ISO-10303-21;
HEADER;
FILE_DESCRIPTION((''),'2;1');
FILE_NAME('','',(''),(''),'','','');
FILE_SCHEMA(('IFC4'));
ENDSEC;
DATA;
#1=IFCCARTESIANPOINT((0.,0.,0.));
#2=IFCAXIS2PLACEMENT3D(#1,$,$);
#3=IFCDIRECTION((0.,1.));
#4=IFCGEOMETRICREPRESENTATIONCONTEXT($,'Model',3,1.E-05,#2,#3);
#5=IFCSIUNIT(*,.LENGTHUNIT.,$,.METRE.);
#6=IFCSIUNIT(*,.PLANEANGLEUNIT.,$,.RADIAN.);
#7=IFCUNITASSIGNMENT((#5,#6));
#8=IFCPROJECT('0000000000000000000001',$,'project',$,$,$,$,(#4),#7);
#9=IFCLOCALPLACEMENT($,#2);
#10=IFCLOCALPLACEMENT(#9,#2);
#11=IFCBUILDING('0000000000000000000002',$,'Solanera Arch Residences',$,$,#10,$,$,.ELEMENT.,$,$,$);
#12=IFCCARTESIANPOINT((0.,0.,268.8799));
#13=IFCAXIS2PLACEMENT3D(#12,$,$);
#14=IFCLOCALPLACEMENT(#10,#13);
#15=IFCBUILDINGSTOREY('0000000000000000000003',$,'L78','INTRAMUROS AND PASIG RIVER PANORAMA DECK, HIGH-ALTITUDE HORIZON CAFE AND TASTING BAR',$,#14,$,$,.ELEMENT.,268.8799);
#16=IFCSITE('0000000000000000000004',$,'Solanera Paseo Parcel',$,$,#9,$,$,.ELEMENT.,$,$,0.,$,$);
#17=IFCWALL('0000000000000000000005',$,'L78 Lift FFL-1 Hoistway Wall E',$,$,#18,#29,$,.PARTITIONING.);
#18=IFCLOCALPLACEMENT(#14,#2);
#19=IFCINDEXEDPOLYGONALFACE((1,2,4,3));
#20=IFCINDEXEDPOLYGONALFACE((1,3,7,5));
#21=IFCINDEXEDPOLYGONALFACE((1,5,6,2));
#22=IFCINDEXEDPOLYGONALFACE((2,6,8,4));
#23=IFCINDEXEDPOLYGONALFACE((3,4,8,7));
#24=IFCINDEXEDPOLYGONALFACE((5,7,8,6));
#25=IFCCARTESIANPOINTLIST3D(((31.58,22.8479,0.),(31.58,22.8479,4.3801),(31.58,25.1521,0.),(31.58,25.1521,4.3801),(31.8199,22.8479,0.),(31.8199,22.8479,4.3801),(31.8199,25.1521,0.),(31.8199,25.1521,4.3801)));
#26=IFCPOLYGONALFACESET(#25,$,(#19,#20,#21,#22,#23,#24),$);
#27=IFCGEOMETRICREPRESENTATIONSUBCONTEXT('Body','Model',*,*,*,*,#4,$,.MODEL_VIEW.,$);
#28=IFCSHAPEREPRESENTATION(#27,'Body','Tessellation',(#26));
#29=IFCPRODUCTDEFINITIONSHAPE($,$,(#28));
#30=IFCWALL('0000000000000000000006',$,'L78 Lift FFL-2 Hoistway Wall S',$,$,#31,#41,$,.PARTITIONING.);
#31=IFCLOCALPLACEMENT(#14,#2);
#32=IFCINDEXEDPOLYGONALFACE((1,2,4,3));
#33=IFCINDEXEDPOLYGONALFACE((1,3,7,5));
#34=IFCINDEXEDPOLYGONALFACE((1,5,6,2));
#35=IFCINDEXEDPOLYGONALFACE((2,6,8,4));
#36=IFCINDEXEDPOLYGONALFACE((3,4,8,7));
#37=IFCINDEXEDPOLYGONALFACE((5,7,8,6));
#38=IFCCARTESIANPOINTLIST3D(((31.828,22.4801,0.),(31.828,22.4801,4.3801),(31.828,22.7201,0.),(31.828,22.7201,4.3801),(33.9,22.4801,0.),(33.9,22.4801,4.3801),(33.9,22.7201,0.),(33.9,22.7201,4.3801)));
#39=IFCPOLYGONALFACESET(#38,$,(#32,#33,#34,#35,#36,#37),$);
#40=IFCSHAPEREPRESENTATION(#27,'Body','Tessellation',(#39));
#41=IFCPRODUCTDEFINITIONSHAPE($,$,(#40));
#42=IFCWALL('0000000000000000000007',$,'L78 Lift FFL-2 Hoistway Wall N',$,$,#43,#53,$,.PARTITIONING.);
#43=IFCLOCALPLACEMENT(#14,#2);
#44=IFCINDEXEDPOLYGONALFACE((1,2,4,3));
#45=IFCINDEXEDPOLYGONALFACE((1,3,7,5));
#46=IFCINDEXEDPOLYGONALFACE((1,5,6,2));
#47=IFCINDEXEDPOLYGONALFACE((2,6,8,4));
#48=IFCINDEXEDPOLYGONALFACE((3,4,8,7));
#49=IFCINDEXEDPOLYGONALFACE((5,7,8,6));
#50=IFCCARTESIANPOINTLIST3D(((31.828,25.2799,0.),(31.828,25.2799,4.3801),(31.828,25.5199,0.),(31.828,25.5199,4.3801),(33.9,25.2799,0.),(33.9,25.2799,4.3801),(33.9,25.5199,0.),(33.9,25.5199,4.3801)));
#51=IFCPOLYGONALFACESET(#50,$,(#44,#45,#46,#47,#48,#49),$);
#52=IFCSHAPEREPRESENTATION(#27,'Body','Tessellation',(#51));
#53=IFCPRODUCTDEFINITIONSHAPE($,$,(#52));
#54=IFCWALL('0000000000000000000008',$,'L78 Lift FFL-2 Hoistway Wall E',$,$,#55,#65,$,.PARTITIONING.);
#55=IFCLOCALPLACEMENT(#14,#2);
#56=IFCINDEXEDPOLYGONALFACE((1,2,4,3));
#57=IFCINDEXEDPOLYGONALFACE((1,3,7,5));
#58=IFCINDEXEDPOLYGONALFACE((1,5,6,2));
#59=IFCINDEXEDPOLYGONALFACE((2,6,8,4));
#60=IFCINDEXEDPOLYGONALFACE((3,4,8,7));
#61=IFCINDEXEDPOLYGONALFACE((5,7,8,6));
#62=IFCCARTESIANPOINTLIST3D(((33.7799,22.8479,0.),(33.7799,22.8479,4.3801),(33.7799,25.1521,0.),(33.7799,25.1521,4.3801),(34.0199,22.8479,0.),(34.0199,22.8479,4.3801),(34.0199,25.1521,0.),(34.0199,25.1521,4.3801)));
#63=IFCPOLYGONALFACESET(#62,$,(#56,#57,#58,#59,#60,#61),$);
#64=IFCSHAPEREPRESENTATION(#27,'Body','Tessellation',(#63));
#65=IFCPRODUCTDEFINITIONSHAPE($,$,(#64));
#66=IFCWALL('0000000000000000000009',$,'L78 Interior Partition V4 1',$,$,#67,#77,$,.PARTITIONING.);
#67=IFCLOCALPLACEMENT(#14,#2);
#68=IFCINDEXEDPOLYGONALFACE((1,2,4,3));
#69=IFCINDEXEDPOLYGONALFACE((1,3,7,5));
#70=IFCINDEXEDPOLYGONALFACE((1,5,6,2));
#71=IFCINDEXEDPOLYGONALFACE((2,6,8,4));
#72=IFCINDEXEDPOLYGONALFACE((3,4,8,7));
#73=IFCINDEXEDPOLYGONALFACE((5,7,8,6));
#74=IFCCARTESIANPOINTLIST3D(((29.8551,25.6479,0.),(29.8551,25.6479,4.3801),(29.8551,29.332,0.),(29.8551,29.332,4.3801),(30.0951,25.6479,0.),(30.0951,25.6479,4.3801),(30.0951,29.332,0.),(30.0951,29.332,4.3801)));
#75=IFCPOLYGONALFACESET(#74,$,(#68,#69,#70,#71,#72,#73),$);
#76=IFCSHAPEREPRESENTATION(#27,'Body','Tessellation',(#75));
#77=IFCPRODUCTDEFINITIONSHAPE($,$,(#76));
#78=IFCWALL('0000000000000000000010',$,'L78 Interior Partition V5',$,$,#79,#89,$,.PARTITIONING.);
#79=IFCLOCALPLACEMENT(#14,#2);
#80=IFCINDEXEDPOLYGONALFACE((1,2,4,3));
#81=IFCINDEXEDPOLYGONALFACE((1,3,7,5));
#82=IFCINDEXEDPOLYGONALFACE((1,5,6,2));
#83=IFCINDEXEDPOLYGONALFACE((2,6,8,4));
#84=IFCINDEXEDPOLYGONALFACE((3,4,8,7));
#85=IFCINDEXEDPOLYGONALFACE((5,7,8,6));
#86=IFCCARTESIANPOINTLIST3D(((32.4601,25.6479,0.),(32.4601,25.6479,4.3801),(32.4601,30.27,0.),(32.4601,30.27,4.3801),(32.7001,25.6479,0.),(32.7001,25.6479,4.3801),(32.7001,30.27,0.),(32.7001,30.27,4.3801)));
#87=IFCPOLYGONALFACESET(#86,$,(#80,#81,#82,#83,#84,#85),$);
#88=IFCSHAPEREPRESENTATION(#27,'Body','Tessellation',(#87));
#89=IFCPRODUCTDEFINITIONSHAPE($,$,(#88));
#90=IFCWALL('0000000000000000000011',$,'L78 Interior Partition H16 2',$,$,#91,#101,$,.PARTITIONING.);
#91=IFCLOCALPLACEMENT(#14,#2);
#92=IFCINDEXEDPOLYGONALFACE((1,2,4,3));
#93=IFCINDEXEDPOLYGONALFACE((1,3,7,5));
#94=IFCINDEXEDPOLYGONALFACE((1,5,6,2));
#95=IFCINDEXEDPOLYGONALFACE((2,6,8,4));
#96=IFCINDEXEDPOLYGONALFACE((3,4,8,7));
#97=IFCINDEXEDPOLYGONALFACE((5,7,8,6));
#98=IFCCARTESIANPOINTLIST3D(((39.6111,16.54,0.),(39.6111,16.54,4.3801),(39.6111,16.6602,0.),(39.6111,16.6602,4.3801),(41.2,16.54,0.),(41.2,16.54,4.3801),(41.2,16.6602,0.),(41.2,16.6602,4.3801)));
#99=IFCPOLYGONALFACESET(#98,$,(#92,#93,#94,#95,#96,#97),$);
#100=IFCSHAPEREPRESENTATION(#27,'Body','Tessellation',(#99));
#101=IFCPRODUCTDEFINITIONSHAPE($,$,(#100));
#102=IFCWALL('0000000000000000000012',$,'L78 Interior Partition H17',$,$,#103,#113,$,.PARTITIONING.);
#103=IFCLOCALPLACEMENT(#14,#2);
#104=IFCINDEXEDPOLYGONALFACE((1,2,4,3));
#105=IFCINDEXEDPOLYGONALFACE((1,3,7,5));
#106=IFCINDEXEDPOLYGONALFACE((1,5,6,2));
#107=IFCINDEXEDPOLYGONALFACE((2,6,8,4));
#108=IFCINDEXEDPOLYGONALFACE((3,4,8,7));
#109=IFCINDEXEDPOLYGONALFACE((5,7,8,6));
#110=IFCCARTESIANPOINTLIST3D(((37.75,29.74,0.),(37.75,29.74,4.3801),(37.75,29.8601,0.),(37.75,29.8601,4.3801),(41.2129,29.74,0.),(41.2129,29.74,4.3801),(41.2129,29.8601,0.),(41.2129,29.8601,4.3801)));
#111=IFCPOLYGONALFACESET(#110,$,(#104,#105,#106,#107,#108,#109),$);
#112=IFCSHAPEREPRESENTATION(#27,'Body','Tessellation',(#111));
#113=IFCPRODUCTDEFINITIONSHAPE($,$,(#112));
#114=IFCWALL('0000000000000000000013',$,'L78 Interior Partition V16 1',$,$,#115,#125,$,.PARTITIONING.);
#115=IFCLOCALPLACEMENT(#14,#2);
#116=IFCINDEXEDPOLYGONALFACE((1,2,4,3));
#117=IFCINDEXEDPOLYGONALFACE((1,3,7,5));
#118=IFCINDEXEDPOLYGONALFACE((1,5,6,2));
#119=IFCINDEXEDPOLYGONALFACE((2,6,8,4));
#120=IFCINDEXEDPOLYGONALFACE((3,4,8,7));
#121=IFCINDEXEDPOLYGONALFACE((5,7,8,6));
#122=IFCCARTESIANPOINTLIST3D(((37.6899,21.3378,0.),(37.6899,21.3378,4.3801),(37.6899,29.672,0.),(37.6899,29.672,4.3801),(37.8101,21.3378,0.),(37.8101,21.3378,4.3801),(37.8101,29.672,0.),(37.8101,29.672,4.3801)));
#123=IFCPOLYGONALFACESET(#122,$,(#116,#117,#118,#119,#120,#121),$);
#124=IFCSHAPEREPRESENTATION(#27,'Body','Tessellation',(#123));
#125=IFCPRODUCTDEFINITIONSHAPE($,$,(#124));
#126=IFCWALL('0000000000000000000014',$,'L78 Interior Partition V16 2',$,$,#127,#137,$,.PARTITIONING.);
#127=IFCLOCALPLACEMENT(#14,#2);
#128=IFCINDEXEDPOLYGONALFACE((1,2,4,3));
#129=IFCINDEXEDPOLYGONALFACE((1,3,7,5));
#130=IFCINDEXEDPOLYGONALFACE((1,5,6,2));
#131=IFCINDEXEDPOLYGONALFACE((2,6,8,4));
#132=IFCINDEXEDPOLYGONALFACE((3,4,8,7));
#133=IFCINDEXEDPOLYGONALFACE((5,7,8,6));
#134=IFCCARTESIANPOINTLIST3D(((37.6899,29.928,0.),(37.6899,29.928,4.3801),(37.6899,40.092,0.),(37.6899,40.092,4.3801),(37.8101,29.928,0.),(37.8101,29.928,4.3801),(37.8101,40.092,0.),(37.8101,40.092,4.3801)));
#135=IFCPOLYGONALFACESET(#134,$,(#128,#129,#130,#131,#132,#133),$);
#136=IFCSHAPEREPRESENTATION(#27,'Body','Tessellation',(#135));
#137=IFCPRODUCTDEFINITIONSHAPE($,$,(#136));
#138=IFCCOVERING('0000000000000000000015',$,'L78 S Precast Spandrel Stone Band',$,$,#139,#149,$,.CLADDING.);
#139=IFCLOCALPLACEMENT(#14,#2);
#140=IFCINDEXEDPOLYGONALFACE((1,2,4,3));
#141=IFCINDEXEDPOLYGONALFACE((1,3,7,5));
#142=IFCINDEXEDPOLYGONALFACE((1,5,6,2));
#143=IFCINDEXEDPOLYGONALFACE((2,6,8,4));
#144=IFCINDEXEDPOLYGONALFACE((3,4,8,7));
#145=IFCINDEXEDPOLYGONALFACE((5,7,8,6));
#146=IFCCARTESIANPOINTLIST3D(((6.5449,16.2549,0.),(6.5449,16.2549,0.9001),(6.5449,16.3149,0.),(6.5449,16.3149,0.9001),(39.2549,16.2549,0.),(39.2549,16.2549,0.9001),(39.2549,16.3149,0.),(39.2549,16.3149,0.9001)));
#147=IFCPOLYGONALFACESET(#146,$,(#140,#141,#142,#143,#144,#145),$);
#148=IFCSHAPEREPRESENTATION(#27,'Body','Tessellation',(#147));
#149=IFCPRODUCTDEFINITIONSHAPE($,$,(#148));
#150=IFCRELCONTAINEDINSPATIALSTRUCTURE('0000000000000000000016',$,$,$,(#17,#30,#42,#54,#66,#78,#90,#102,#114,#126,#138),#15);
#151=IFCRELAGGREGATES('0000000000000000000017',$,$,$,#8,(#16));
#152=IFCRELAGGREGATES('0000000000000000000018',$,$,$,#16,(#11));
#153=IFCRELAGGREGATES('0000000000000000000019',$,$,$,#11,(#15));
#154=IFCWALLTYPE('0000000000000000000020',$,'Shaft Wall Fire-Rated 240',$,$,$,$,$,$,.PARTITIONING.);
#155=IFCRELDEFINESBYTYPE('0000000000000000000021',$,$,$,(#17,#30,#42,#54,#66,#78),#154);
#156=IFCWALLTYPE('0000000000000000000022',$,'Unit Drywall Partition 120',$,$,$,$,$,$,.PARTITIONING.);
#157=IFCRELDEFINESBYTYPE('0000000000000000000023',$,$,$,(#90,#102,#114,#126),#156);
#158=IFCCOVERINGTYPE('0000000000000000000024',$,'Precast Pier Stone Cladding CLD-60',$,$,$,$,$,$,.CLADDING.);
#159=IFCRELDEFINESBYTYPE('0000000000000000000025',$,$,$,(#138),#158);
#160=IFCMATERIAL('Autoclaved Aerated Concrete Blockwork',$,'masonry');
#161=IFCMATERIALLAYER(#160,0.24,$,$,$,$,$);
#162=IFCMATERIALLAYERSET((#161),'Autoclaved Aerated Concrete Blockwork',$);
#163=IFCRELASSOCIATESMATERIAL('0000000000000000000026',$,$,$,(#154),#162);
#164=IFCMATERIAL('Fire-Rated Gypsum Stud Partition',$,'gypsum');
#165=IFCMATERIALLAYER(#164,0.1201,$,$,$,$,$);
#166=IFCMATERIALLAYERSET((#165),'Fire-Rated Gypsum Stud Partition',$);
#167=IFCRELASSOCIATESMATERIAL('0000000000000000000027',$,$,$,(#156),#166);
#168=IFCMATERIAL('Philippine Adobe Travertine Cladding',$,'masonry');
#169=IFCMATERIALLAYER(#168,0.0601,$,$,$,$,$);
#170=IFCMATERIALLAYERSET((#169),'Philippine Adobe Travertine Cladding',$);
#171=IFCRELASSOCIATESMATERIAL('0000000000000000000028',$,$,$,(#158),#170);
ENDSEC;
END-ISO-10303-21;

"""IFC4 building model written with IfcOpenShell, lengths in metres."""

from ifc_helpers import new_model, si_unit, direction, frame, frame_2d, origin, place, context, subcontext, project, spatial, rectangle, extrude, material, layer, layer_set, type_object, element, save


model = new_model("IFC4")

# Units and contexts
model_context = context("Model", 3, precision=1e-05, world=origin(), true_north=direction((0.0, 1.0)))
body_context = subcontext(model_context, "Body", "Model", "MODEL_VIEW")
ifc_project = project(units=[si_unit("LENGTHUNIT", "METRE"), si_unit("PLANEANGLEUNIT", "RADIAN")], contexts=[model_context])

# Site, building, storey
site_placement = place(None, origin())
site = spatial("IfcSite", under=ifc_project, at=site_placement, Name="Solanera Paseo Parcel", CompositionType="ELEMENT", RefElevation=0.0)
building_placement = place(site_placement, origin())
building = spatial("IfcBuilding", under=site, at=building_placement, Name="Solanera Arch Residences", CompositionType="ELEMENT")
storey_placement = place(building_placement, frame((0.0, 0.0, 268.8799)))
storey = spatial("IfcBuildingStorey", under=building, at=storey_placement, Name="L78", Description="INTRAMUROS AND PASIG RIVER PANORAMA DECK, HIGH-ALTITUDE HORIZON CAFE AND TASTING BAR", CompositionType="ELEMENT", Elevation=268.8799)

# Walls
ifc_material_1 = material(Name="Autoclaved Aerated Concrete Blockwork", Category="masonry")
ifc_layer_1 = layer(ifc_material_1, 0.24)
ifc_layer_set_1 = layer_set([ifc_layer_1], Name="Autoclaved Aerated Concrete Blockwork")
wall_type_1 = type_object("IfcWallType", Name="Shaft Wall Fire-Rated 240", PredefinedType="PARTITIONING", material=ifc_layer_set_1)
wall_1_placement = place(storey_placement, frame((31.7, 22.8479, 0.0), z_axis=(0.0, 0.0, 1.0), x_axis=(0.0, 1.0, 0.0)))
element("IfcWall", 1, at=wall_1_placement, inside=storey, type_object=wall_type_1, Name="L78 Lift FFL-1 Hoistway Wall E", PredefinedType="PARTITIONING", context=body_context, shape_type="SweptSolid", body=[
    extrude(rectangle(XDim=2.3042, YDim=0.24, at=frame_2d((1.1521, 0.0))), origin(), (0.0, 0.0, 1.0), 4.3801),
])
for number, where, z_axis, x_axis, name in (
    (2, (31.8279, 22.6001, 0.0), (0.0, 0.0, 1.0), (1.0, 0.0, 0.0), "L78 Lift FFL-2 Hoistway Wall S"),
    (3, (31.8279, 25.3999, 0.0), (0.0, 0.0, 1.0), (1.0, 0.0, 0.0), "L78 Lift FFL-2 Hoistway Wall N"),
):
    element("IfcWall", number, at=place(storey_placement, frame(where, z_axis=z_axis, x_axis=x_axis)), inside=storey, type_object=wall_type_1, Name=name, PredefinedType="PARTITIONING", context=body_context, shape_type="SweptSolid", body=[
        extrude(rectangle(XDim=2.072, YDim=0.24, at=frame_2d((1.0361, 0.0))), origin(), (0.0, 0.0, 1.0), 4.3801),
    ])
wall_2_placement = place(storey_placement, frame((33.8999, 22.8479, 0.0), z_axis=(0.0, 0.0, 1.0), x_axis=(0.0, 1.0, 0.0)))
element("IfcWall", 4, at=wall_2_placement, inside=storey, type_object=wall_type_1, Name="L78 Lift FFL-2 Hoistway Wall E", PredefinedType="PARTITIONING", context=body_context, shape_type="SweptSolid", body=[
    extrude(rectangle(XDim=2.3042, YDim=0.24, at=frame_2d((1.1521, 0.0))), origin(), (0.0, 0.0, 1.0), 4.3801),
])
wall_3_placement = place(storey_placement, frame((29.9751, 25.6479, 0.0), z_axis=(0.0, 0.0, 1.0), x_axis=(0.0, 1.0, 0.0)))
element("IfcWall", 5, at=wall_3_placement, inside=storey, type_object=wall_type_1, Name="L78 Interior Partition V4 1", PredefinedType="PARTITIONING", context=body_context, shape_type="SweptSolid", body=[
    extrude(rectangle(XDim=3.6841, YDim=0.24, at=frame_2d((1.842, 0.0))), origin(), (0.0, 0.0, 1.0), 4.3801),
])

# Walls
wall_4_placement = place(storey_placement, frame((32.5801, 25.6479, 0.0), z_axis=(0.0, 0.0, 1.0), x_axis=(0.0, 1.0, 0.0)))
element("IfcWall", 6, at=wall_4_placement, inside=storey, type_object=wall_type_1, Name="L78 Interior Partition V5", PredefinedType="PARTITIONING", context=body_context, shape_type="SweptSolid", body=[
    extrude(rectangle(XDim=4.6221, YDim=0.24, at=frame_2d((2.311, 0.0))), origin(), (0.0, 0.0, 1.0), 4.3801),
])
ifc_material_2 = material(Name="Fire-Rated Gypsum Stud Partition", Category="gypsum")
ifc_layer_2 = layer(ifc_material_2, 0.1201)
ifc_layer_set_2 = layer_set([ifc_layer_2], Name="Fire-Rated Gypsum Stud Partition")
wall_type_2 = type_object("IfcWallType", Name="Unit Drywall Partition 120", PredefinedType="PARTITIONING", material=ifc_layer_set_2)
wall_5_placement = place(storey_placement, frame((39.6111, 16.6001, 0.0), z_axis=(0.0, 0.0, 1.0), x_axis=(1.0, 0.0, 0.0)))
element("IfcWall", 7, at=wall_5_placement, inside=storey, type_object=wall_type_2, Name="L78 Interior Partition H16 2", PredefinedType="PARTITIONING", context=body_context, shape_type="SweptSolid", body=[
    extrude(rectangle(XDim=1.5889, YDim=0.1201, at=frame_2d((0.7944, 0.0))), origin(), (0.0, 0.0, 1.0), 4.3801),
])
wall_6_placement = place(storey_placement, frame((37.75, 29.8, 0.0), z_axis=(0.0, 0.0, 1.0), x_axis=(1.0, 0.0, 0.0)))
element("IfcWall", 8, at=wall_6_placement, inside=storey, type_object=wall_type_2, Name="L78 Interior Partition H17", PredefinedType="PARTITIONING", context=body_context, shape_type="SweptSolid", body=[
    extrude(rectangle(XDim=3.4629, YDim=0.1201, at=frame_2d((1.7314, 0.0))), origin(), (0.0, 0.0, 1.0), 4.3801),
])
wall_7_placement = place(storey_placement, frame((37.75, 21.3379, 0.0), z_axis=(0.0, 0.0, 1.0), x_axis=(0.0, 1.0, 0.0)))
element("IfcWall", 9, at=wall_7_placement, inside=storey, type_object=wall_type_2, Name="L78 Interior Partition V16 1", PredefinedType="PARTITIONING", context=body_context, shape_type="SweptSolid", body=[
    extrude(rectangle(XDim=8.3342, YDim=0.1201, at=frame_2d((4.167, 0.0))), origin(), (0.0, 0.0, 1.0), 4.3801),
])
wall_8_placement = place(storey_placement, frame((37.75, 29.928, 0.0), z_axis=(0.0, 0.0, 1.0), x_axis=(0.0, 1.0, 0.0)))
element("IfcWall", 10, at=wall_8_placement, inside=storey, type_object=wall_type_2, Name="L78 Interior Partition V16 2", PredefinedType="PARTITIONING", context=body_context, shape_type="SweptSolid", body=[
    extrude(rectangle(XDim=10.1641, YDim=0.1201, at=frame_2d((5.082, 0.0))), origin(), (0.0, 0.0, 1.0), 4.3801),
])

# Covering
ifc_material_3 = material(Name="Philippine Adobe Travertine Cladding", Category="masonry")
ifc_layer_3 = layer(ifc_material_3, 0.0601)
ifc_layer_set_3 = layer_set([ifc_layer_3], Name="Philippine Adobe Travertine Cladding")
covering_type = type_object("IfcCoveringType", Name="Precast Pier Stone Cladding CLD-60", PredefinedType="CLADDING", material=ifc_layer_set_3)
covering_placement = place(storey_placement, frame((39.2549, 16.2849, 0.0), z_axis=(0.0, 0.0, 1.0), x_axis=(-1.0, 0.0, 0.0)))
element("IfcCovering", 11, at=covering_placement, inside=storey, type_object=covering_type, Name="L78 S Precast Spandrel Stone Band", PredefinedType="CLADDING", context=body_context, shape_type="SweptSolid", body=[
    extrude(rectangle(XDim=32.71, YDim=0.0601, at=frame_2d((16.355, 0.0))), origin(), (0.0, 0.0, 1.0), 0.9001),
])

save(model, "model.ifc")
